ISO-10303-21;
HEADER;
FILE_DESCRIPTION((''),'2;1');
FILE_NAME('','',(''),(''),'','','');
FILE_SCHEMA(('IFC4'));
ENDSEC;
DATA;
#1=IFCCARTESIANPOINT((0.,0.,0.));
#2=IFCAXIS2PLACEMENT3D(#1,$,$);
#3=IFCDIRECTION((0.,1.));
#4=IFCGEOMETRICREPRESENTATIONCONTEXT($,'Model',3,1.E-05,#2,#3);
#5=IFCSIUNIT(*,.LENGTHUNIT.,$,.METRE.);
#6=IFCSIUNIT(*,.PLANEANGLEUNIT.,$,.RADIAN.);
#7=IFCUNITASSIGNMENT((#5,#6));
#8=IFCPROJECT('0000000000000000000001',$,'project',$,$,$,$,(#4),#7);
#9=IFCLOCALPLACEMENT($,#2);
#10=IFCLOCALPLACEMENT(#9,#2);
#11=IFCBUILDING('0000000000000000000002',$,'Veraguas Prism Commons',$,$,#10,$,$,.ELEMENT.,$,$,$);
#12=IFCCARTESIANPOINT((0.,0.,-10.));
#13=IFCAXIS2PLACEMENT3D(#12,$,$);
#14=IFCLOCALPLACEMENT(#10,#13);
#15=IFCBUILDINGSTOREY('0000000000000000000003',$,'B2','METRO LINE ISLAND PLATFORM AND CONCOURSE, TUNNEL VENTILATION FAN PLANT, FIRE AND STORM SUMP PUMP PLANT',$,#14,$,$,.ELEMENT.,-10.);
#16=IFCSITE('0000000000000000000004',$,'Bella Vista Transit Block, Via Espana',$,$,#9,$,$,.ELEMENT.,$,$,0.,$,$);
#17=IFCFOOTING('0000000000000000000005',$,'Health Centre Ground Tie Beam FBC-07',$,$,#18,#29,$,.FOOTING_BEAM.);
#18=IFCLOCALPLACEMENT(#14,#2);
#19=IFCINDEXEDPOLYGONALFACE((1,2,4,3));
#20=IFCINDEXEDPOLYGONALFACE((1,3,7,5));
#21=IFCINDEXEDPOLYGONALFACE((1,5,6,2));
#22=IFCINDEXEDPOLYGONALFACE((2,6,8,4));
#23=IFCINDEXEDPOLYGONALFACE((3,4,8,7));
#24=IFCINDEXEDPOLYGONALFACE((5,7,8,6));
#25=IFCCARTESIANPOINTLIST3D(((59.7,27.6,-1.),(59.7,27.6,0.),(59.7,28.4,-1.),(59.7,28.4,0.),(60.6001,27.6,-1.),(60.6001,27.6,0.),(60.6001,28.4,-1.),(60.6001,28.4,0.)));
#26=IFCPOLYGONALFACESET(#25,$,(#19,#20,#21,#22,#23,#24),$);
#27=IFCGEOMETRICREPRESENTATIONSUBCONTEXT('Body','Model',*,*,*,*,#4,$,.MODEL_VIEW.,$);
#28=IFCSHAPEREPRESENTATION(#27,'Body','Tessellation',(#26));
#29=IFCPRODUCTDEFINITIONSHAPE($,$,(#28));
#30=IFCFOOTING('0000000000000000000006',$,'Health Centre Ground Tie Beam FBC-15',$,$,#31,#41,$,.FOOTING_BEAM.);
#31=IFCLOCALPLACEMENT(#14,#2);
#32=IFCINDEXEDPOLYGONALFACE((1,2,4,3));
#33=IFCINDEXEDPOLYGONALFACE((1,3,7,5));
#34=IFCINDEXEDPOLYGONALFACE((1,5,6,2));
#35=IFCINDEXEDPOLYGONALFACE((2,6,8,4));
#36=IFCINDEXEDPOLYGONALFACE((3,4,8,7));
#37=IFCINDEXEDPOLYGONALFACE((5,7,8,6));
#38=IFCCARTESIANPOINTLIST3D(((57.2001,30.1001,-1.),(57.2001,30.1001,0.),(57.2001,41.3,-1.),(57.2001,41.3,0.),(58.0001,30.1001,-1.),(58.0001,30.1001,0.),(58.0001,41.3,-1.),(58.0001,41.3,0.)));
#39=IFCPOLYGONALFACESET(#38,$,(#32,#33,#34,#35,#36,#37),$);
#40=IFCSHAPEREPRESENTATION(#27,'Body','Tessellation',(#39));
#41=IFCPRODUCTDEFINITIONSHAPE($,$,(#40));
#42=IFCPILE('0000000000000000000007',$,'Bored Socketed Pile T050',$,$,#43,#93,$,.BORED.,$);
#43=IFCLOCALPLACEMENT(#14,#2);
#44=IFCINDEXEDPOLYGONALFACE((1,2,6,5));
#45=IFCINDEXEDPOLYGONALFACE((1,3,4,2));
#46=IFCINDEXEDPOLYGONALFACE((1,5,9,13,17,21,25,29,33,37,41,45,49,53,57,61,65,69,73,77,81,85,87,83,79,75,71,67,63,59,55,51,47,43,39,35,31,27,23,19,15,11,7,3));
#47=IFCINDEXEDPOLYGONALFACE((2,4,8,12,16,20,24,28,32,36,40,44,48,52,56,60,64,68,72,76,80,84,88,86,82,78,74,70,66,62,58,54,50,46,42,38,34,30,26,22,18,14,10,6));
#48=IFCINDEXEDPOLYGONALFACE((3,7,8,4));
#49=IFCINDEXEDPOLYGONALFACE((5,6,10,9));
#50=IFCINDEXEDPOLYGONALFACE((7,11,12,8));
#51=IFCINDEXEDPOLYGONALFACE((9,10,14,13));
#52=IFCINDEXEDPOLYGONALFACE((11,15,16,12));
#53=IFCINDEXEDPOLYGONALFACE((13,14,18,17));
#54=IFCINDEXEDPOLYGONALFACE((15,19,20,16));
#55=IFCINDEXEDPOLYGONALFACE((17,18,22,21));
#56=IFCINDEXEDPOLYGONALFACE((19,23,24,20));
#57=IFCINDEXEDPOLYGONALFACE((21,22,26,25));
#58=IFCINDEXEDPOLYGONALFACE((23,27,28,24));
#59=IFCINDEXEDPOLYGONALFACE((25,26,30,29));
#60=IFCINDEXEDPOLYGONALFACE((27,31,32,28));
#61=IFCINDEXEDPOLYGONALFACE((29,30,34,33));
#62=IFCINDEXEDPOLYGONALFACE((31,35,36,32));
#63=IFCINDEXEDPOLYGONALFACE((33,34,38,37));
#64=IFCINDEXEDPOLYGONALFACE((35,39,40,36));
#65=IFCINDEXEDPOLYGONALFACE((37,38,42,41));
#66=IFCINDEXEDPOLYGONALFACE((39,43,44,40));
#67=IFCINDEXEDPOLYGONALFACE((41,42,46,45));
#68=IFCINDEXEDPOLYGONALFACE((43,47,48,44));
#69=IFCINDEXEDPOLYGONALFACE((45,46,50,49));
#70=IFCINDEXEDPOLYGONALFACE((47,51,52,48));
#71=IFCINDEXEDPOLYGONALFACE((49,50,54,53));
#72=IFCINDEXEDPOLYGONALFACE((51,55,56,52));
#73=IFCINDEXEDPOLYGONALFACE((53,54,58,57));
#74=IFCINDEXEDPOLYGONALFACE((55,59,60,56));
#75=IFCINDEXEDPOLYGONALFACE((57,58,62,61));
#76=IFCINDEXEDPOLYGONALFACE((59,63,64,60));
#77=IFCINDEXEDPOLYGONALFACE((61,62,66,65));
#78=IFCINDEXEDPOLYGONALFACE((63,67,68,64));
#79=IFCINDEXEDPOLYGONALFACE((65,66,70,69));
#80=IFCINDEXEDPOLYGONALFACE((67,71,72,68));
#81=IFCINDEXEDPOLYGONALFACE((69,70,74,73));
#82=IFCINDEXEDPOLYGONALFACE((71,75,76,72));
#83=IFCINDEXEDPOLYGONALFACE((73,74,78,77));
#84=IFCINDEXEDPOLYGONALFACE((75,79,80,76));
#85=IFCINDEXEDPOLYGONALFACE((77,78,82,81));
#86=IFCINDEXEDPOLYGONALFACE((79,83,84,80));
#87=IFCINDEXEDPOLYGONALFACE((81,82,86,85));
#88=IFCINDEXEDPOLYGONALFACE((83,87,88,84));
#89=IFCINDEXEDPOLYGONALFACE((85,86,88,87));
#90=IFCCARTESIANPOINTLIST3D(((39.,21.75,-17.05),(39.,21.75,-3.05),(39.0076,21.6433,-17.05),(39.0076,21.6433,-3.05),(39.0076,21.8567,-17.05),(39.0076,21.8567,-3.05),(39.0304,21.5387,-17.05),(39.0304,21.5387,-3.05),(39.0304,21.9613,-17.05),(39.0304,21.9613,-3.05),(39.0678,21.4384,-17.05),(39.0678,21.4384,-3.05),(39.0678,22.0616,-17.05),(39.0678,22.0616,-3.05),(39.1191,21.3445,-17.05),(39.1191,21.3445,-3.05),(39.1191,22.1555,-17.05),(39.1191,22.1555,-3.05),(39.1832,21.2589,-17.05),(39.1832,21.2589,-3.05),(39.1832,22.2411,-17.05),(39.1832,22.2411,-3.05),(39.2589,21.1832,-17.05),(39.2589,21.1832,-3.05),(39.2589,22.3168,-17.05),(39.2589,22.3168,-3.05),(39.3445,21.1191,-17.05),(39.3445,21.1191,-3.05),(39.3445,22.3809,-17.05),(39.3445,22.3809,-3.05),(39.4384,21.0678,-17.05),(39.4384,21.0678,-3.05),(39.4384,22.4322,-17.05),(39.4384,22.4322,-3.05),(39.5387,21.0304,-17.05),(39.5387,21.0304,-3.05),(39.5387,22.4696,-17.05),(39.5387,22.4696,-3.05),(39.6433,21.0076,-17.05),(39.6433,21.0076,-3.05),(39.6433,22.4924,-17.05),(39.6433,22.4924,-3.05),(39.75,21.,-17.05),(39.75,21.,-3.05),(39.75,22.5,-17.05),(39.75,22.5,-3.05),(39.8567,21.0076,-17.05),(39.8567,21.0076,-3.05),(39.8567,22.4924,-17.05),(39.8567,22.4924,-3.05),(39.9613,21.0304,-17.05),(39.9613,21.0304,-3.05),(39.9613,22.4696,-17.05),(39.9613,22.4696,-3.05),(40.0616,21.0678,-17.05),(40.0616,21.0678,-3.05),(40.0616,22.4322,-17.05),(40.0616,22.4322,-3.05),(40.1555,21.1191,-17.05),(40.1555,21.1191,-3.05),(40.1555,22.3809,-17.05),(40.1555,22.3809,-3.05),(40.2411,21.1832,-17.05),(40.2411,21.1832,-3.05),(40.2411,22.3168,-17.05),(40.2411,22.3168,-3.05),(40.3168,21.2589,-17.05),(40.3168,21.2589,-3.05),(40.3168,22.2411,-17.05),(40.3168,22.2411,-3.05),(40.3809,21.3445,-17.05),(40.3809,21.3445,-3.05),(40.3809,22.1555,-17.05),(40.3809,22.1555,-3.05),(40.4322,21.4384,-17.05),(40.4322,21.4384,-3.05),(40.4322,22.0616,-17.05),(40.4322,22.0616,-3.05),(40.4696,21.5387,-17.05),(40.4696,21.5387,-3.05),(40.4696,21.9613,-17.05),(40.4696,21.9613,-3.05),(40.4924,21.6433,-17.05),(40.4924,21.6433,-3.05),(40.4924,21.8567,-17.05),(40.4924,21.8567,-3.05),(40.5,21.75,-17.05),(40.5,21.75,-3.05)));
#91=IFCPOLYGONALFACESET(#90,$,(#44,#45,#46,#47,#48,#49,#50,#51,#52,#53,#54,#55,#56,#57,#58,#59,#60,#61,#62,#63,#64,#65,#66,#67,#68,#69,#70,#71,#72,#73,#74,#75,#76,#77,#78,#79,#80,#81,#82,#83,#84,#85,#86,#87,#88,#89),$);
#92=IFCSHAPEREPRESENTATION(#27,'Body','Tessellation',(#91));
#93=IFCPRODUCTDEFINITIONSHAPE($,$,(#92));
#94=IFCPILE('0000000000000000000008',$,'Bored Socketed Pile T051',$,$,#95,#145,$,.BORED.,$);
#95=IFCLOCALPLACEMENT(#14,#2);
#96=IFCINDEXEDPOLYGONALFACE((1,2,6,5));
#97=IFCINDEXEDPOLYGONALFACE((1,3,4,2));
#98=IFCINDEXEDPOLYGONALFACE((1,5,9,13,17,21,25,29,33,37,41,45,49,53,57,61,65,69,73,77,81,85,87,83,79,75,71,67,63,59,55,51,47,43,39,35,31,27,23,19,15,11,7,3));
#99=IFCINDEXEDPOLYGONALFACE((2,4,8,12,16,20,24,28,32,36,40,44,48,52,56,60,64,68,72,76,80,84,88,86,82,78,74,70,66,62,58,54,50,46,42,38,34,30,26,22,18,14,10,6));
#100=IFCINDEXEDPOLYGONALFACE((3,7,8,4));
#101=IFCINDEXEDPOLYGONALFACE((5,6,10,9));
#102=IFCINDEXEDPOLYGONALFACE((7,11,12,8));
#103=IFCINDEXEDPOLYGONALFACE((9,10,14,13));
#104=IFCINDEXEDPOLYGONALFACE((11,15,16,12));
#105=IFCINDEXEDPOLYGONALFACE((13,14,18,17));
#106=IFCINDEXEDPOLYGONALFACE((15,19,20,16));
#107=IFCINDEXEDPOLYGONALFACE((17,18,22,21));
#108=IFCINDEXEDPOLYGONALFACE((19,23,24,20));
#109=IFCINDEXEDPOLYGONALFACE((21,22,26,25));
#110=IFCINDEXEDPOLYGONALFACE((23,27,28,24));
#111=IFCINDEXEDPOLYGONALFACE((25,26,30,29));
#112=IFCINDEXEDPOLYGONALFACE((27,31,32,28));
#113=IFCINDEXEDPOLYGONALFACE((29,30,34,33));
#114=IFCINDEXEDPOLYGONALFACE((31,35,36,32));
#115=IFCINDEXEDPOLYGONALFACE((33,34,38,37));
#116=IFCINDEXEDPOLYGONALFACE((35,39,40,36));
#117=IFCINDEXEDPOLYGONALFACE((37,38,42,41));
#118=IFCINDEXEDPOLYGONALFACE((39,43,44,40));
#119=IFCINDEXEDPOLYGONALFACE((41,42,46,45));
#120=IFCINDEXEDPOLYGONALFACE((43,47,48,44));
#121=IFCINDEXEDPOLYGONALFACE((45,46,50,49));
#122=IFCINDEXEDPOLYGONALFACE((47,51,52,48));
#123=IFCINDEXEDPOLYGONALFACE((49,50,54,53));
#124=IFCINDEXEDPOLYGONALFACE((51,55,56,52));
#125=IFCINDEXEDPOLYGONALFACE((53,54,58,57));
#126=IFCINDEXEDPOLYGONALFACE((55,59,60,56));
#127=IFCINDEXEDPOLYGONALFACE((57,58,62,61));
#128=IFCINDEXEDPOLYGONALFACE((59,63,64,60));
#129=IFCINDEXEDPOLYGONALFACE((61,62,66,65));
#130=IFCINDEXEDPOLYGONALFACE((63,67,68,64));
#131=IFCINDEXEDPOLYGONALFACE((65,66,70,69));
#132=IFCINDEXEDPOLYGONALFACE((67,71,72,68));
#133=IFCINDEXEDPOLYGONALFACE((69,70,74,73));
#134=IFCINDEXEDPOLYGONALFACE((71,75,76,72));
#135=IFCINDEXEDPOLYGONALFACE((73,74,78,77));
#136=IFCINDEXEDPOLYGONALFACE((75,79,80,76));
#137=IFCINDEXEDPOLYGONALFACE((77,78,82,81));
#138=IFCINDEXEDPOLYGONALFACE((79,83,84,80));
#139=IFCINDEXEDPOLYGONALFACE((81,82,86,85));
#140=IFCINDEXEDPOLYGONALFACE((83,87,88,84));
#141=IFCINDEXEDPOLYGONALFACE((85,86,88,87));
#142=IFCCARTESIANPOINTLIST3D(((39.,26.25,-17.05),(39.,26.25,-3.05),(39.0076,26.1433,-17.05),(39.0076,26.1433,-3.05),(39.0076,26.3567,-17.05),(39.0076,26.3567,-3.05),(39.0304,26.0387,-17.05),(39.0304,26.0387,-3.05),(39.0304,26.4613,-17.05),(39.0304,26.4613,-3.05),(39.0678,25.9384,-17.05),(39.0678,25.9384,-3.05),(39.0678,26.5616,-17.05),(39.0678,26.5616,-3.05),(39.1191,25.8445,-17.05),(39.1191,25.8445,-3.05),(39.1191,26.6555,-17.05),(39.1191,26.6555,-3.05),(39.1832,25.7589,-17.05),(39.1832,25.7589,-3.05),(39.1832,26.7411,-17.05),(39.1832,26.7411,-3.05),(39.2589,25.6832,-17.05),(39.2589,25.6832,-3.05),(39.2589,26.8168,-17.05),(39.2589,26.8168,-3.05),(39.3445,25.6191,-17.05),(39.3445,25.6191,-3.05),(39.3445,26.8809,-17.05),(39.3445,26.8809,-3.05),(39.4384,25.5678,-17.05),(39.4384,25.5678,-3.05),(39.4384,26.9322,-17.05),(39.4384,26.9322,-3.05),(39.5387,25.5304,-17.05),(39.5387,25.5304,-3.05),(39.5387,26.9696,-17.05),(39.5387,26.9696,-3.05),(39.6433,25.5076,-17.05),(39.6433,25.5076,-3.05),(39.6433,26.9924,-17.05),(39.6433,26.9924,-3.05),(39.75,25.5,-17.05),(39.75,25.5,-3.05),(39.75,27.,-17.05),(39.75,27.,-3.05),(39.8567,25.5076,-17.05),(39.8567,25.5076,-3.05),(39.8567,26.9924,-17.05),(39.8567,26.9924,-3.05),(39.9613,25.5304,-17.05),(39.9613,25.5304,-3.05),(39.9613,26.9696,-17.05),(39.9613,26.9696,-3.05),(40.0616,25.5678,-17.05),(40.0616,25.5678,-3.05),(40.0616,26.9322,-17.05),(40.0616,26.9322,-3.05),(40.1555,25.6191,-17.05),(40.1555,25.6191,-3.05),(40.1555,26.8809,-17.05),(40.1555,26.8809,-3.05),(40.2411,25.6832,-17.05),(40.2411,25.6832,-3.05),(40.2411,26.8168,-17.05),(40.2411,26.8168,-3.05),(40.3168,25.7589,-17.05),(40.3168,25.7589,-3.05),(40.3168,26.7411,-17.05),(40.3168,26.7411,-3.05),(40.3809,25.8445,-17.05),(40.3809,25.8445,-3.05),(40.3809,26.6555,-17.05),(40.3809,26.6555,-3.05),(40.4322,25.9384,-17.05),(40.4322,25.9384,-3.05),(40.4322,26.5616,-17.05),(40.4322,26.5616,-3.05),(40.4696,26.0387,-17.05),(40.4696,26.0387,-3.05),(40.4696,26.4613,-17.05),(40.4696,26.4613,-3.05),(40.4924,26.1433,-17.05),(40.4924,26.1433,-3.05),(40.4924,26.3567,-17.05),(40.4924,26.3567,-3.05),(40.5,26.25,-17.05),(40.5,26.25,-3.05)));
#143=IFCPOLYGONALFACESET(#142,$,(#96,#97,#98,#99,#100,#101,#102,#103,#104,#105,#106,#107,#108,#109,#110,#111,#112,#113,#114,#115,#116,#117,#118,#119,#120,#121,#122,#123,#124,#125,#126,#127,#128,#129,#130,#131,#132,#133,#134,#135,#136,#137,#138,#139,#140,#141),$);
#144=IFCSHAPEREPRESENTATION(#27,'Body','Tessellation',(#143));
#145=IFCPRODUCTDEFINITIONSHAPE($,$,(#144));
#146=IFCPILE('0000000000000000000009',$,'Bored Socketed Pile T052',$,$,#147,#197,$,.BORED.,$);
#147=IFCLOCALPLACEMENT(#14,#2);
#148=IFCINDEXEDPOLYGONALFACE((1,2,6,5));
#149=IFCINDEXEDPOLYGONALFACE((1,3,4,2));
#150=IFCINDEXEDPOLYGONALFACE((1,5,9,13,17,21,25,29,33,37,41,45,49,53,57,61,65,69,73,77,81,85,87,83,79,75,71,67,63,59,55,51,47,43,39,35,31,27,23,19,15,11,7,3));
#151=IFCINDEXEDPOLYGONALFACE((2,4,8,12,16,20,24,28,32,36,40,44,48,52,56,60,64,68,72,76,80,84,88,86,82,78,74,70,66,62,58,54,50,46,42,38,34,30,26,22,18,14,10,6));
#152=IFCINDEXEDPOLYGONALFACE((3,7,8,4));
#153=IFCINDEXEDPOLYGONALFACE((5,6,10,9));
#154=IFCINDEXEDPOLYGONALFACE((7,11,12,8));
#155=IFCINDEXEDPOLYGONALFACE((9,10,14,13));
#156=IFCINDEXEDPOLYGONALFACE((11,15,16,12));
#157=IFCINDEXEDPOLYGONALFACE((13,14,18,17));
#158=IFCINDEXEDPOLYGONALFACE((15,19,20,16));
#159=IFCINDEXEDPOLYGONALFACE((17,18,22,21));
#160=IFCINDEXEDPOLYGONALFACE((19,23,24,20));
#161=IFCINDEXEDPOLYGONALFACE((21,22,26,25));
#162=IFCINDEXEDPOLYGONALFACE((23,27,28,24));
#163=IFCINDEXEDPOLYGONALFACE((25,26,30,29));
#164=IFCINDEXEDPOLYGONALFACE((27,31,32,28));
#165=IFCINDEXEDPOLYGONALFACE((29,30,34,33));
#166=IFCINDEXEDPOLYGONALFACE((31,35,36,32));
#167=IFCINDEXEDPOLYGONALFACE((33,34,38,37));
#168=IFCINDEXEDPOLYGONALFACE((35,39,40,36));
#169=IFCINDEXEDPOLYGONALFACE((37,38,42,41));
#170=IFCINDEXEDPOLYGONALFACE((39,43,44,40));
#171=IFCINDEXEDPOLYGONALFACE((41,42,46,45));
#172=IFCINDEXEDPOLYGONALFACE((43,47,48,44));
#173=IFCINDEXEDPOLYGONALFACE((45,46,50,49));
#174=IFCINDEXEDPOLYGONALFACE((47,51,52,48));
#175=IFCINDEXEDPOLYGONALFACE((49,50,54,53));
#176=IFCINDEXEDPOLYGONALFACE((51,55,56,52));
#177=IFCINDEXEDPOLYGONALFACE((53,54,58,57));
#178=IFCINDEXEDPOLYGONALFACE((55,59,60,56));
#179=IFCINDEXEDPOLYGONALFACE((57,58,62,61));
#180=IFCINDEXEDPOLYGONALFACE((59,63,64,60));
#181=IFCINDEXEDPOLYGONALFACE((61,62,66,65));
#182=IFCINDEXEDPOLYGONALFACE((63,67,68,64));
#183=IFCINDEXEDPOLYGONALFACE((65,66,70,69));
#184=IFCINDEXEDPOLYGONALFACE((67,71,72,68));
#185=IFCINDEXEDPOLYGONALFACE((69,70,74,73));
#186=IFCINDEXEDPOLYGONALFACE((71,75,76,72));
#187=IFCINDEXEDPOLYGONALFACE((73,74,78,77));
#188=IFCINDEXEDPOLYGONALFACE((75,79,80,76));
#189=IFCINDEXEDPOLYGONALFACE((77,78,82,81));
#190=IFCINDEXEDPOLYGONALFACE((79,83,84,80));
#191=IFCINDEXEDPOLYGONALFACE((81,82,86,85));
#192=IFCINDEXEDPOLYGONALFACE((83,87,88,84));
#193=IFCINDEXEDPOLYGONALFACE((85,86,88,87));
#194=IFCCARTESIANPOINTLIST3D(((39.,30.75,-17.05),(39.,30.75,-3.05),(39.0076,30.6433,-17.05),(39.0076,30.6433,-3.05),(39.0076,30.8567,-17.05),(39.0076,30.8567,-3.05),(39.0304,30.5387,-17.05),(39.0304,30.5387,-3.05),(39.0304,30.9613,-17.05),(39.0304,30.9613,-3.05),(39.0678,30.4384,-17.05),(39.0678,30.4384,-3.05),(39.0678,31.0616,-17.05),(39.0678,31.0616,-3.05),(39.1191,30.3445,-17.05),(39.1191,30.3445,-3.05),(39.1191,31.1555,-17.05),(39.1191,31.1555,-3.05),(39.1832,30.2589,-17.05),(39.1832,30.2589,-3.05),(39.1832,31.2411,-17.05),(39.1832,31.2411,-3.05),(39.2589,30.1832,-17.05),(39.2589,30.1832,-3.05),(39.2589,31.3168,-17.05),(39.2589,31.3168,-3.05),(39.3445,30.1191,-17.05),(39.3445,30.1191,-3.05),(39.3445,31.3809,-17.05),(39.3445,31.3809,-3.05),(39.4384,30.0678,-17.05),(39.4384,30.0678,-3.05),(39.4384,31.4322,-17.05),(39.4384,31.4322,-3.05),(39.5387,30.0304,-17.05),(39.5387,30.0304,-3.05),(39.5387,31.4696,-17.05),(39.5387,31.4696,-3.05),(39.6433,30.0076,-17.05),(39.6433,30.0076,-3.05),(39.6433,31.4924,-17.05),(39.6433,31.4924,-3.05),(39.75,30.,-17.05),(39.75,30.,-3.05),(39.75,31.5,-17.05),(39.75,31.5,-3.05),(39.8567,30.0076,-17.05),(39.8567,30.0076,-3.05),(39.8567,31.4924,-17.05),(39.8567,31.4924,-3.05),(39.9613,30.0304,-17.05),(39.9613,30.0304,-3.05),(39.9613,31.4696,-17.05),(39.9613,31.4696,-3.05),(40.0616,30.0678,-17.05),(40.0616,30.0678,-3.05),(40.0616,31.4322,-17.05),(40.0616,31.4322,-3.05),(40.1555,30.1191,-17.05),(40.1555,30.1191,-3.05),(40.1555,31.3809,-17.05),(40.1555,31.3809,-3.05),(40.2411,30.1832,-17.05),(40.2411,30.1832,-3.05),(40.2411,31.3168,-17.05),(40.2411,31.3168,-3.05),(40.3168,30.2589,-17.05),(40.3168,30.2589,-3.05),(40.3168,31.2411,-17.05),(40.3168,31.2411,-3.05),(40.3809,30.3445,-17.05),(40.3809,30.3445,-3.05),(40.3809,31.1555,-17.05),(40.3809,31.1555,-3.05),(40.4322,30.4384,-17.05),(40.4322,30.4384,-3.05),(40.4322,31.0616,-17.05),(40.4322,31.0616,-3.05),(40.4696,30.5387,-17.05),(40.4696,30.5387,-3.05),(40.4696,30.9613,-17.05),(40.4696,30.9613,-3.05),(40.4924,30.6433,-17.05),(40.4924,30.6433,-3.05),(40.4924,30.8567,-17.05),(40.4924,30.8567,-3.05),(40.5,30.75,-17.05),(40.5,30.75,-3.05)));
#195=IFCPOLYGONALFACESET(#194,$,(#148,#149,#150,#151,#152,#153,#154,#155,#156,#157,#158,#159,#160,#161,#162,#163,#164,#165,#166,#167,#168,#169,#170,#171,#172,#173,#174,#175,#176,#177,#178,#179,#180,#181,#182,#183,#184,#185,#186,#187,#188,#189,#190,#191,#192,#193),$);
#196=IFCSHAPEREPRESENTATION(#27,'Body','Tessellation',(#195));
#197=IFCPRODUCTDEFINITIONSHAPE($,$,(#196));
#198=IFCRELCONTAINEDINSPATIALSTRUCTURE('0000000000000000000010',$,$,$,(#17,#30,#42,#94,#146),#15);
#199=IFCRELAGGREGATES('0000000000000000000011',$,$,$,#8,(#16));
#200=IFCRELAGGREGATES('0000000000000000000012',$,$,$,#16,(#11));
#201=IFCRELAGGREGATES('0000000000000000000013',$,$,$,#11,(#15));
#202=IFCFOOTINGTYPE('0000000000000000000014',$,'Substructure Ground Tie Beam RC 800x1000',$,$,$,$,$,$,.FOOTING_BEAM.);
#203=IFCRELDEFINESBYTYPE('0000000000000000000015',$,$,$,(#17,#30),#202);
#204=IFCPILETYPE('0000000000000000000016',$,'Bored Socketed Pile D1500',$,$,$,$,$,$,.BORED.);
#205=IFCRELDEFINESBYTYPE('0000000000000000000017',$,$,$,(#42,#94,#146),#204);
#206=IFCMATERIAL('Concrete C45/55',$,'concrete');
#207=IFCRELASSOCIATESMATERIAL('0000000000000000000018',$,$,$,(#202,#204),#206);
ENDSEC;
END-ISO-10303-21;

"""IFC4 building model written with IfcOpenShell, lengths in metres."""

from ifc_helpers import new_model, si_unit, direction, frame, origin, origin_2d, place, context, subcontext, project, spatial, rectangle, circle, extrude, source, transform, mapped, material, material_profile, profile_set, type_object, element, save


model = new_model("IFC4")

# Units and contexts
model_context = context("Model", 3, precision=1e-05, world=origin(), true_north=direction((0.0, 1.0)))
body_context = subcontext(model_context, "Body", "Model", "MODEL_VIEW")
ifc_project = project(units=[si_unit("LENGTHUNIT", "METRE"), si_unit("PLANEANGLEUNIT", "RADIAN")], contexts=[model_context])

# Site, building, storey
site_placement = place(None, origin())
site = spatial("IfcSite", under=ifc_project, at=site_placement, Name="Bella Vista Transit Block, Via Espana", CompositionType="ELEMENT", RefElevation=0.0)
building_placement = place(site_placement, origin())
building = spatial("IfcBuilding", under=site, at=building_placement, Name="Veraguas Prism Commons", CompositionType="ELEMENT")
storey_placement = place(building_placement, frame((0.0, 0.0, -10.0)))
storey = spatial("IfcBuildingStorey", under=building, at=storey_placement, Name="B2", Description="METRO LINE ISLAND PLATFORM AND CONCOURSE, TUNNEL VENTILATION FAN PLANT, FIRE AND STORM SUMP PUMP PLANT", CompositionType="ELEMENT", Elevation=-10.0)

# Footings
ifc_material_1 = material(Name="Concrete C45/55", Category="concrete")
ifc_material_profile_1 = material_profile(ifc_material_1, rectangle(XDim=0.8, YDim=1.0, at=origin_2d()), Name="RC800X1000")
ifc_profile_set_1 = profile_set([ifc_material_profile_1], Name="Concrete C45/55")
footing_type_1 = type_object("IfcFootingType", Name="Substructure Ground Tie Beam RC 800x1000", PredefinedType="FOOTING_BEAM", material=ifc_profile_set_1)
footing_1_placement = place(storey_placement, frame((59.7, 28.0, -0.5), z_axis=(1.0, 0.0, 0.0), x_axis=(0.0, 1.0, 0.0)))
element("IfcFooting", 1, at=footing_1_placement, inside=storey, type_object=footing_type_1, Name="Health Centre Ground Tie Beam FBC-07", PredefinedType="FOOTING_BEAM", context=body_context, shape_type="SweptSolid", body=[
    extrude(rectangle(XDim=0.8, YDim=1.0, at=origin_2d()), origin(), (0.0, 0.0, 1.0), 0.9001),
])
footing_2_placement = place(storey_placement, frame((57.6001, 30.1001, -0.5), z_axis=(0.0, 1.0, 0.0), x_axis=(-1.0, 0.0, 0.0)))
element("IfcFooting", 2, at=footing_2_placement, inside=storey, type_object=footing_type_1, Name="Health Centre Ground Tie Beam FBC-15", PredefinedType="FOOTING_BEAM", context=body_context, shape_type="SweptSolid", body=[
    extrude(rectangle(XDim=0.8, YDim=1.0, at=origin_2d()), origin(), (0.0, 0.0, 1.0), 11.2),
])

# Piles
ifc_material_profile_2 = material_profile(ifc_material_1, circle(Radius=0.75, at=origin_2d()), Name="PILE1500")
ifc_profile_set_2 = profile_set([ifc_material_profile_2], Name="Concrete C45/55")
pile_type_1 = type_object("IfcPileType", Name="Bored Socketed Pile D1500", PredefinedType="BORED", material=ifc_profile_set_2)
shared_shape_1 = source(origin(), body_context, "Body", "SweptSolid", [
    extrude(circle(Radius=0.75, at=origin_2d()), origin(), (0.0, 0.0, 1.0), 14.0),
])
for number, where, z_axis, x_axis, name in (
    (3, (39.75, 21.75, -3.05), (0.0, 0.0, -1.0), (1.0, 0.0, 0.0), "Bored Socketed Pile T050"),
    (4, (39.75, 26.25, -3.05), (0.0, 0.0, -1.0), (1.0, 0.0, 0.0), "Bored Socketed Pile T051"),
    (5, (39.75, 30.75, -3.05), (0.0, 0.0, -1.0), (1.0, 0.0, 0.0), "Bored Socketed Pile T052"),
):
    element("IfcPile", number, at=place(storey_placement, frame(where, z_axis=z_axis, x_axis=x_axis)), inside=storey, type_object=pile_type_1, Name=name, PredefinedType="BORED", context=body_context, shape_type="MappedRepresentation", body=[
        mapped(shared_shape_1, transform((0.0, 0.0, 0.0), scale=1.0)),
    ])

save(model, "model.ifc")
